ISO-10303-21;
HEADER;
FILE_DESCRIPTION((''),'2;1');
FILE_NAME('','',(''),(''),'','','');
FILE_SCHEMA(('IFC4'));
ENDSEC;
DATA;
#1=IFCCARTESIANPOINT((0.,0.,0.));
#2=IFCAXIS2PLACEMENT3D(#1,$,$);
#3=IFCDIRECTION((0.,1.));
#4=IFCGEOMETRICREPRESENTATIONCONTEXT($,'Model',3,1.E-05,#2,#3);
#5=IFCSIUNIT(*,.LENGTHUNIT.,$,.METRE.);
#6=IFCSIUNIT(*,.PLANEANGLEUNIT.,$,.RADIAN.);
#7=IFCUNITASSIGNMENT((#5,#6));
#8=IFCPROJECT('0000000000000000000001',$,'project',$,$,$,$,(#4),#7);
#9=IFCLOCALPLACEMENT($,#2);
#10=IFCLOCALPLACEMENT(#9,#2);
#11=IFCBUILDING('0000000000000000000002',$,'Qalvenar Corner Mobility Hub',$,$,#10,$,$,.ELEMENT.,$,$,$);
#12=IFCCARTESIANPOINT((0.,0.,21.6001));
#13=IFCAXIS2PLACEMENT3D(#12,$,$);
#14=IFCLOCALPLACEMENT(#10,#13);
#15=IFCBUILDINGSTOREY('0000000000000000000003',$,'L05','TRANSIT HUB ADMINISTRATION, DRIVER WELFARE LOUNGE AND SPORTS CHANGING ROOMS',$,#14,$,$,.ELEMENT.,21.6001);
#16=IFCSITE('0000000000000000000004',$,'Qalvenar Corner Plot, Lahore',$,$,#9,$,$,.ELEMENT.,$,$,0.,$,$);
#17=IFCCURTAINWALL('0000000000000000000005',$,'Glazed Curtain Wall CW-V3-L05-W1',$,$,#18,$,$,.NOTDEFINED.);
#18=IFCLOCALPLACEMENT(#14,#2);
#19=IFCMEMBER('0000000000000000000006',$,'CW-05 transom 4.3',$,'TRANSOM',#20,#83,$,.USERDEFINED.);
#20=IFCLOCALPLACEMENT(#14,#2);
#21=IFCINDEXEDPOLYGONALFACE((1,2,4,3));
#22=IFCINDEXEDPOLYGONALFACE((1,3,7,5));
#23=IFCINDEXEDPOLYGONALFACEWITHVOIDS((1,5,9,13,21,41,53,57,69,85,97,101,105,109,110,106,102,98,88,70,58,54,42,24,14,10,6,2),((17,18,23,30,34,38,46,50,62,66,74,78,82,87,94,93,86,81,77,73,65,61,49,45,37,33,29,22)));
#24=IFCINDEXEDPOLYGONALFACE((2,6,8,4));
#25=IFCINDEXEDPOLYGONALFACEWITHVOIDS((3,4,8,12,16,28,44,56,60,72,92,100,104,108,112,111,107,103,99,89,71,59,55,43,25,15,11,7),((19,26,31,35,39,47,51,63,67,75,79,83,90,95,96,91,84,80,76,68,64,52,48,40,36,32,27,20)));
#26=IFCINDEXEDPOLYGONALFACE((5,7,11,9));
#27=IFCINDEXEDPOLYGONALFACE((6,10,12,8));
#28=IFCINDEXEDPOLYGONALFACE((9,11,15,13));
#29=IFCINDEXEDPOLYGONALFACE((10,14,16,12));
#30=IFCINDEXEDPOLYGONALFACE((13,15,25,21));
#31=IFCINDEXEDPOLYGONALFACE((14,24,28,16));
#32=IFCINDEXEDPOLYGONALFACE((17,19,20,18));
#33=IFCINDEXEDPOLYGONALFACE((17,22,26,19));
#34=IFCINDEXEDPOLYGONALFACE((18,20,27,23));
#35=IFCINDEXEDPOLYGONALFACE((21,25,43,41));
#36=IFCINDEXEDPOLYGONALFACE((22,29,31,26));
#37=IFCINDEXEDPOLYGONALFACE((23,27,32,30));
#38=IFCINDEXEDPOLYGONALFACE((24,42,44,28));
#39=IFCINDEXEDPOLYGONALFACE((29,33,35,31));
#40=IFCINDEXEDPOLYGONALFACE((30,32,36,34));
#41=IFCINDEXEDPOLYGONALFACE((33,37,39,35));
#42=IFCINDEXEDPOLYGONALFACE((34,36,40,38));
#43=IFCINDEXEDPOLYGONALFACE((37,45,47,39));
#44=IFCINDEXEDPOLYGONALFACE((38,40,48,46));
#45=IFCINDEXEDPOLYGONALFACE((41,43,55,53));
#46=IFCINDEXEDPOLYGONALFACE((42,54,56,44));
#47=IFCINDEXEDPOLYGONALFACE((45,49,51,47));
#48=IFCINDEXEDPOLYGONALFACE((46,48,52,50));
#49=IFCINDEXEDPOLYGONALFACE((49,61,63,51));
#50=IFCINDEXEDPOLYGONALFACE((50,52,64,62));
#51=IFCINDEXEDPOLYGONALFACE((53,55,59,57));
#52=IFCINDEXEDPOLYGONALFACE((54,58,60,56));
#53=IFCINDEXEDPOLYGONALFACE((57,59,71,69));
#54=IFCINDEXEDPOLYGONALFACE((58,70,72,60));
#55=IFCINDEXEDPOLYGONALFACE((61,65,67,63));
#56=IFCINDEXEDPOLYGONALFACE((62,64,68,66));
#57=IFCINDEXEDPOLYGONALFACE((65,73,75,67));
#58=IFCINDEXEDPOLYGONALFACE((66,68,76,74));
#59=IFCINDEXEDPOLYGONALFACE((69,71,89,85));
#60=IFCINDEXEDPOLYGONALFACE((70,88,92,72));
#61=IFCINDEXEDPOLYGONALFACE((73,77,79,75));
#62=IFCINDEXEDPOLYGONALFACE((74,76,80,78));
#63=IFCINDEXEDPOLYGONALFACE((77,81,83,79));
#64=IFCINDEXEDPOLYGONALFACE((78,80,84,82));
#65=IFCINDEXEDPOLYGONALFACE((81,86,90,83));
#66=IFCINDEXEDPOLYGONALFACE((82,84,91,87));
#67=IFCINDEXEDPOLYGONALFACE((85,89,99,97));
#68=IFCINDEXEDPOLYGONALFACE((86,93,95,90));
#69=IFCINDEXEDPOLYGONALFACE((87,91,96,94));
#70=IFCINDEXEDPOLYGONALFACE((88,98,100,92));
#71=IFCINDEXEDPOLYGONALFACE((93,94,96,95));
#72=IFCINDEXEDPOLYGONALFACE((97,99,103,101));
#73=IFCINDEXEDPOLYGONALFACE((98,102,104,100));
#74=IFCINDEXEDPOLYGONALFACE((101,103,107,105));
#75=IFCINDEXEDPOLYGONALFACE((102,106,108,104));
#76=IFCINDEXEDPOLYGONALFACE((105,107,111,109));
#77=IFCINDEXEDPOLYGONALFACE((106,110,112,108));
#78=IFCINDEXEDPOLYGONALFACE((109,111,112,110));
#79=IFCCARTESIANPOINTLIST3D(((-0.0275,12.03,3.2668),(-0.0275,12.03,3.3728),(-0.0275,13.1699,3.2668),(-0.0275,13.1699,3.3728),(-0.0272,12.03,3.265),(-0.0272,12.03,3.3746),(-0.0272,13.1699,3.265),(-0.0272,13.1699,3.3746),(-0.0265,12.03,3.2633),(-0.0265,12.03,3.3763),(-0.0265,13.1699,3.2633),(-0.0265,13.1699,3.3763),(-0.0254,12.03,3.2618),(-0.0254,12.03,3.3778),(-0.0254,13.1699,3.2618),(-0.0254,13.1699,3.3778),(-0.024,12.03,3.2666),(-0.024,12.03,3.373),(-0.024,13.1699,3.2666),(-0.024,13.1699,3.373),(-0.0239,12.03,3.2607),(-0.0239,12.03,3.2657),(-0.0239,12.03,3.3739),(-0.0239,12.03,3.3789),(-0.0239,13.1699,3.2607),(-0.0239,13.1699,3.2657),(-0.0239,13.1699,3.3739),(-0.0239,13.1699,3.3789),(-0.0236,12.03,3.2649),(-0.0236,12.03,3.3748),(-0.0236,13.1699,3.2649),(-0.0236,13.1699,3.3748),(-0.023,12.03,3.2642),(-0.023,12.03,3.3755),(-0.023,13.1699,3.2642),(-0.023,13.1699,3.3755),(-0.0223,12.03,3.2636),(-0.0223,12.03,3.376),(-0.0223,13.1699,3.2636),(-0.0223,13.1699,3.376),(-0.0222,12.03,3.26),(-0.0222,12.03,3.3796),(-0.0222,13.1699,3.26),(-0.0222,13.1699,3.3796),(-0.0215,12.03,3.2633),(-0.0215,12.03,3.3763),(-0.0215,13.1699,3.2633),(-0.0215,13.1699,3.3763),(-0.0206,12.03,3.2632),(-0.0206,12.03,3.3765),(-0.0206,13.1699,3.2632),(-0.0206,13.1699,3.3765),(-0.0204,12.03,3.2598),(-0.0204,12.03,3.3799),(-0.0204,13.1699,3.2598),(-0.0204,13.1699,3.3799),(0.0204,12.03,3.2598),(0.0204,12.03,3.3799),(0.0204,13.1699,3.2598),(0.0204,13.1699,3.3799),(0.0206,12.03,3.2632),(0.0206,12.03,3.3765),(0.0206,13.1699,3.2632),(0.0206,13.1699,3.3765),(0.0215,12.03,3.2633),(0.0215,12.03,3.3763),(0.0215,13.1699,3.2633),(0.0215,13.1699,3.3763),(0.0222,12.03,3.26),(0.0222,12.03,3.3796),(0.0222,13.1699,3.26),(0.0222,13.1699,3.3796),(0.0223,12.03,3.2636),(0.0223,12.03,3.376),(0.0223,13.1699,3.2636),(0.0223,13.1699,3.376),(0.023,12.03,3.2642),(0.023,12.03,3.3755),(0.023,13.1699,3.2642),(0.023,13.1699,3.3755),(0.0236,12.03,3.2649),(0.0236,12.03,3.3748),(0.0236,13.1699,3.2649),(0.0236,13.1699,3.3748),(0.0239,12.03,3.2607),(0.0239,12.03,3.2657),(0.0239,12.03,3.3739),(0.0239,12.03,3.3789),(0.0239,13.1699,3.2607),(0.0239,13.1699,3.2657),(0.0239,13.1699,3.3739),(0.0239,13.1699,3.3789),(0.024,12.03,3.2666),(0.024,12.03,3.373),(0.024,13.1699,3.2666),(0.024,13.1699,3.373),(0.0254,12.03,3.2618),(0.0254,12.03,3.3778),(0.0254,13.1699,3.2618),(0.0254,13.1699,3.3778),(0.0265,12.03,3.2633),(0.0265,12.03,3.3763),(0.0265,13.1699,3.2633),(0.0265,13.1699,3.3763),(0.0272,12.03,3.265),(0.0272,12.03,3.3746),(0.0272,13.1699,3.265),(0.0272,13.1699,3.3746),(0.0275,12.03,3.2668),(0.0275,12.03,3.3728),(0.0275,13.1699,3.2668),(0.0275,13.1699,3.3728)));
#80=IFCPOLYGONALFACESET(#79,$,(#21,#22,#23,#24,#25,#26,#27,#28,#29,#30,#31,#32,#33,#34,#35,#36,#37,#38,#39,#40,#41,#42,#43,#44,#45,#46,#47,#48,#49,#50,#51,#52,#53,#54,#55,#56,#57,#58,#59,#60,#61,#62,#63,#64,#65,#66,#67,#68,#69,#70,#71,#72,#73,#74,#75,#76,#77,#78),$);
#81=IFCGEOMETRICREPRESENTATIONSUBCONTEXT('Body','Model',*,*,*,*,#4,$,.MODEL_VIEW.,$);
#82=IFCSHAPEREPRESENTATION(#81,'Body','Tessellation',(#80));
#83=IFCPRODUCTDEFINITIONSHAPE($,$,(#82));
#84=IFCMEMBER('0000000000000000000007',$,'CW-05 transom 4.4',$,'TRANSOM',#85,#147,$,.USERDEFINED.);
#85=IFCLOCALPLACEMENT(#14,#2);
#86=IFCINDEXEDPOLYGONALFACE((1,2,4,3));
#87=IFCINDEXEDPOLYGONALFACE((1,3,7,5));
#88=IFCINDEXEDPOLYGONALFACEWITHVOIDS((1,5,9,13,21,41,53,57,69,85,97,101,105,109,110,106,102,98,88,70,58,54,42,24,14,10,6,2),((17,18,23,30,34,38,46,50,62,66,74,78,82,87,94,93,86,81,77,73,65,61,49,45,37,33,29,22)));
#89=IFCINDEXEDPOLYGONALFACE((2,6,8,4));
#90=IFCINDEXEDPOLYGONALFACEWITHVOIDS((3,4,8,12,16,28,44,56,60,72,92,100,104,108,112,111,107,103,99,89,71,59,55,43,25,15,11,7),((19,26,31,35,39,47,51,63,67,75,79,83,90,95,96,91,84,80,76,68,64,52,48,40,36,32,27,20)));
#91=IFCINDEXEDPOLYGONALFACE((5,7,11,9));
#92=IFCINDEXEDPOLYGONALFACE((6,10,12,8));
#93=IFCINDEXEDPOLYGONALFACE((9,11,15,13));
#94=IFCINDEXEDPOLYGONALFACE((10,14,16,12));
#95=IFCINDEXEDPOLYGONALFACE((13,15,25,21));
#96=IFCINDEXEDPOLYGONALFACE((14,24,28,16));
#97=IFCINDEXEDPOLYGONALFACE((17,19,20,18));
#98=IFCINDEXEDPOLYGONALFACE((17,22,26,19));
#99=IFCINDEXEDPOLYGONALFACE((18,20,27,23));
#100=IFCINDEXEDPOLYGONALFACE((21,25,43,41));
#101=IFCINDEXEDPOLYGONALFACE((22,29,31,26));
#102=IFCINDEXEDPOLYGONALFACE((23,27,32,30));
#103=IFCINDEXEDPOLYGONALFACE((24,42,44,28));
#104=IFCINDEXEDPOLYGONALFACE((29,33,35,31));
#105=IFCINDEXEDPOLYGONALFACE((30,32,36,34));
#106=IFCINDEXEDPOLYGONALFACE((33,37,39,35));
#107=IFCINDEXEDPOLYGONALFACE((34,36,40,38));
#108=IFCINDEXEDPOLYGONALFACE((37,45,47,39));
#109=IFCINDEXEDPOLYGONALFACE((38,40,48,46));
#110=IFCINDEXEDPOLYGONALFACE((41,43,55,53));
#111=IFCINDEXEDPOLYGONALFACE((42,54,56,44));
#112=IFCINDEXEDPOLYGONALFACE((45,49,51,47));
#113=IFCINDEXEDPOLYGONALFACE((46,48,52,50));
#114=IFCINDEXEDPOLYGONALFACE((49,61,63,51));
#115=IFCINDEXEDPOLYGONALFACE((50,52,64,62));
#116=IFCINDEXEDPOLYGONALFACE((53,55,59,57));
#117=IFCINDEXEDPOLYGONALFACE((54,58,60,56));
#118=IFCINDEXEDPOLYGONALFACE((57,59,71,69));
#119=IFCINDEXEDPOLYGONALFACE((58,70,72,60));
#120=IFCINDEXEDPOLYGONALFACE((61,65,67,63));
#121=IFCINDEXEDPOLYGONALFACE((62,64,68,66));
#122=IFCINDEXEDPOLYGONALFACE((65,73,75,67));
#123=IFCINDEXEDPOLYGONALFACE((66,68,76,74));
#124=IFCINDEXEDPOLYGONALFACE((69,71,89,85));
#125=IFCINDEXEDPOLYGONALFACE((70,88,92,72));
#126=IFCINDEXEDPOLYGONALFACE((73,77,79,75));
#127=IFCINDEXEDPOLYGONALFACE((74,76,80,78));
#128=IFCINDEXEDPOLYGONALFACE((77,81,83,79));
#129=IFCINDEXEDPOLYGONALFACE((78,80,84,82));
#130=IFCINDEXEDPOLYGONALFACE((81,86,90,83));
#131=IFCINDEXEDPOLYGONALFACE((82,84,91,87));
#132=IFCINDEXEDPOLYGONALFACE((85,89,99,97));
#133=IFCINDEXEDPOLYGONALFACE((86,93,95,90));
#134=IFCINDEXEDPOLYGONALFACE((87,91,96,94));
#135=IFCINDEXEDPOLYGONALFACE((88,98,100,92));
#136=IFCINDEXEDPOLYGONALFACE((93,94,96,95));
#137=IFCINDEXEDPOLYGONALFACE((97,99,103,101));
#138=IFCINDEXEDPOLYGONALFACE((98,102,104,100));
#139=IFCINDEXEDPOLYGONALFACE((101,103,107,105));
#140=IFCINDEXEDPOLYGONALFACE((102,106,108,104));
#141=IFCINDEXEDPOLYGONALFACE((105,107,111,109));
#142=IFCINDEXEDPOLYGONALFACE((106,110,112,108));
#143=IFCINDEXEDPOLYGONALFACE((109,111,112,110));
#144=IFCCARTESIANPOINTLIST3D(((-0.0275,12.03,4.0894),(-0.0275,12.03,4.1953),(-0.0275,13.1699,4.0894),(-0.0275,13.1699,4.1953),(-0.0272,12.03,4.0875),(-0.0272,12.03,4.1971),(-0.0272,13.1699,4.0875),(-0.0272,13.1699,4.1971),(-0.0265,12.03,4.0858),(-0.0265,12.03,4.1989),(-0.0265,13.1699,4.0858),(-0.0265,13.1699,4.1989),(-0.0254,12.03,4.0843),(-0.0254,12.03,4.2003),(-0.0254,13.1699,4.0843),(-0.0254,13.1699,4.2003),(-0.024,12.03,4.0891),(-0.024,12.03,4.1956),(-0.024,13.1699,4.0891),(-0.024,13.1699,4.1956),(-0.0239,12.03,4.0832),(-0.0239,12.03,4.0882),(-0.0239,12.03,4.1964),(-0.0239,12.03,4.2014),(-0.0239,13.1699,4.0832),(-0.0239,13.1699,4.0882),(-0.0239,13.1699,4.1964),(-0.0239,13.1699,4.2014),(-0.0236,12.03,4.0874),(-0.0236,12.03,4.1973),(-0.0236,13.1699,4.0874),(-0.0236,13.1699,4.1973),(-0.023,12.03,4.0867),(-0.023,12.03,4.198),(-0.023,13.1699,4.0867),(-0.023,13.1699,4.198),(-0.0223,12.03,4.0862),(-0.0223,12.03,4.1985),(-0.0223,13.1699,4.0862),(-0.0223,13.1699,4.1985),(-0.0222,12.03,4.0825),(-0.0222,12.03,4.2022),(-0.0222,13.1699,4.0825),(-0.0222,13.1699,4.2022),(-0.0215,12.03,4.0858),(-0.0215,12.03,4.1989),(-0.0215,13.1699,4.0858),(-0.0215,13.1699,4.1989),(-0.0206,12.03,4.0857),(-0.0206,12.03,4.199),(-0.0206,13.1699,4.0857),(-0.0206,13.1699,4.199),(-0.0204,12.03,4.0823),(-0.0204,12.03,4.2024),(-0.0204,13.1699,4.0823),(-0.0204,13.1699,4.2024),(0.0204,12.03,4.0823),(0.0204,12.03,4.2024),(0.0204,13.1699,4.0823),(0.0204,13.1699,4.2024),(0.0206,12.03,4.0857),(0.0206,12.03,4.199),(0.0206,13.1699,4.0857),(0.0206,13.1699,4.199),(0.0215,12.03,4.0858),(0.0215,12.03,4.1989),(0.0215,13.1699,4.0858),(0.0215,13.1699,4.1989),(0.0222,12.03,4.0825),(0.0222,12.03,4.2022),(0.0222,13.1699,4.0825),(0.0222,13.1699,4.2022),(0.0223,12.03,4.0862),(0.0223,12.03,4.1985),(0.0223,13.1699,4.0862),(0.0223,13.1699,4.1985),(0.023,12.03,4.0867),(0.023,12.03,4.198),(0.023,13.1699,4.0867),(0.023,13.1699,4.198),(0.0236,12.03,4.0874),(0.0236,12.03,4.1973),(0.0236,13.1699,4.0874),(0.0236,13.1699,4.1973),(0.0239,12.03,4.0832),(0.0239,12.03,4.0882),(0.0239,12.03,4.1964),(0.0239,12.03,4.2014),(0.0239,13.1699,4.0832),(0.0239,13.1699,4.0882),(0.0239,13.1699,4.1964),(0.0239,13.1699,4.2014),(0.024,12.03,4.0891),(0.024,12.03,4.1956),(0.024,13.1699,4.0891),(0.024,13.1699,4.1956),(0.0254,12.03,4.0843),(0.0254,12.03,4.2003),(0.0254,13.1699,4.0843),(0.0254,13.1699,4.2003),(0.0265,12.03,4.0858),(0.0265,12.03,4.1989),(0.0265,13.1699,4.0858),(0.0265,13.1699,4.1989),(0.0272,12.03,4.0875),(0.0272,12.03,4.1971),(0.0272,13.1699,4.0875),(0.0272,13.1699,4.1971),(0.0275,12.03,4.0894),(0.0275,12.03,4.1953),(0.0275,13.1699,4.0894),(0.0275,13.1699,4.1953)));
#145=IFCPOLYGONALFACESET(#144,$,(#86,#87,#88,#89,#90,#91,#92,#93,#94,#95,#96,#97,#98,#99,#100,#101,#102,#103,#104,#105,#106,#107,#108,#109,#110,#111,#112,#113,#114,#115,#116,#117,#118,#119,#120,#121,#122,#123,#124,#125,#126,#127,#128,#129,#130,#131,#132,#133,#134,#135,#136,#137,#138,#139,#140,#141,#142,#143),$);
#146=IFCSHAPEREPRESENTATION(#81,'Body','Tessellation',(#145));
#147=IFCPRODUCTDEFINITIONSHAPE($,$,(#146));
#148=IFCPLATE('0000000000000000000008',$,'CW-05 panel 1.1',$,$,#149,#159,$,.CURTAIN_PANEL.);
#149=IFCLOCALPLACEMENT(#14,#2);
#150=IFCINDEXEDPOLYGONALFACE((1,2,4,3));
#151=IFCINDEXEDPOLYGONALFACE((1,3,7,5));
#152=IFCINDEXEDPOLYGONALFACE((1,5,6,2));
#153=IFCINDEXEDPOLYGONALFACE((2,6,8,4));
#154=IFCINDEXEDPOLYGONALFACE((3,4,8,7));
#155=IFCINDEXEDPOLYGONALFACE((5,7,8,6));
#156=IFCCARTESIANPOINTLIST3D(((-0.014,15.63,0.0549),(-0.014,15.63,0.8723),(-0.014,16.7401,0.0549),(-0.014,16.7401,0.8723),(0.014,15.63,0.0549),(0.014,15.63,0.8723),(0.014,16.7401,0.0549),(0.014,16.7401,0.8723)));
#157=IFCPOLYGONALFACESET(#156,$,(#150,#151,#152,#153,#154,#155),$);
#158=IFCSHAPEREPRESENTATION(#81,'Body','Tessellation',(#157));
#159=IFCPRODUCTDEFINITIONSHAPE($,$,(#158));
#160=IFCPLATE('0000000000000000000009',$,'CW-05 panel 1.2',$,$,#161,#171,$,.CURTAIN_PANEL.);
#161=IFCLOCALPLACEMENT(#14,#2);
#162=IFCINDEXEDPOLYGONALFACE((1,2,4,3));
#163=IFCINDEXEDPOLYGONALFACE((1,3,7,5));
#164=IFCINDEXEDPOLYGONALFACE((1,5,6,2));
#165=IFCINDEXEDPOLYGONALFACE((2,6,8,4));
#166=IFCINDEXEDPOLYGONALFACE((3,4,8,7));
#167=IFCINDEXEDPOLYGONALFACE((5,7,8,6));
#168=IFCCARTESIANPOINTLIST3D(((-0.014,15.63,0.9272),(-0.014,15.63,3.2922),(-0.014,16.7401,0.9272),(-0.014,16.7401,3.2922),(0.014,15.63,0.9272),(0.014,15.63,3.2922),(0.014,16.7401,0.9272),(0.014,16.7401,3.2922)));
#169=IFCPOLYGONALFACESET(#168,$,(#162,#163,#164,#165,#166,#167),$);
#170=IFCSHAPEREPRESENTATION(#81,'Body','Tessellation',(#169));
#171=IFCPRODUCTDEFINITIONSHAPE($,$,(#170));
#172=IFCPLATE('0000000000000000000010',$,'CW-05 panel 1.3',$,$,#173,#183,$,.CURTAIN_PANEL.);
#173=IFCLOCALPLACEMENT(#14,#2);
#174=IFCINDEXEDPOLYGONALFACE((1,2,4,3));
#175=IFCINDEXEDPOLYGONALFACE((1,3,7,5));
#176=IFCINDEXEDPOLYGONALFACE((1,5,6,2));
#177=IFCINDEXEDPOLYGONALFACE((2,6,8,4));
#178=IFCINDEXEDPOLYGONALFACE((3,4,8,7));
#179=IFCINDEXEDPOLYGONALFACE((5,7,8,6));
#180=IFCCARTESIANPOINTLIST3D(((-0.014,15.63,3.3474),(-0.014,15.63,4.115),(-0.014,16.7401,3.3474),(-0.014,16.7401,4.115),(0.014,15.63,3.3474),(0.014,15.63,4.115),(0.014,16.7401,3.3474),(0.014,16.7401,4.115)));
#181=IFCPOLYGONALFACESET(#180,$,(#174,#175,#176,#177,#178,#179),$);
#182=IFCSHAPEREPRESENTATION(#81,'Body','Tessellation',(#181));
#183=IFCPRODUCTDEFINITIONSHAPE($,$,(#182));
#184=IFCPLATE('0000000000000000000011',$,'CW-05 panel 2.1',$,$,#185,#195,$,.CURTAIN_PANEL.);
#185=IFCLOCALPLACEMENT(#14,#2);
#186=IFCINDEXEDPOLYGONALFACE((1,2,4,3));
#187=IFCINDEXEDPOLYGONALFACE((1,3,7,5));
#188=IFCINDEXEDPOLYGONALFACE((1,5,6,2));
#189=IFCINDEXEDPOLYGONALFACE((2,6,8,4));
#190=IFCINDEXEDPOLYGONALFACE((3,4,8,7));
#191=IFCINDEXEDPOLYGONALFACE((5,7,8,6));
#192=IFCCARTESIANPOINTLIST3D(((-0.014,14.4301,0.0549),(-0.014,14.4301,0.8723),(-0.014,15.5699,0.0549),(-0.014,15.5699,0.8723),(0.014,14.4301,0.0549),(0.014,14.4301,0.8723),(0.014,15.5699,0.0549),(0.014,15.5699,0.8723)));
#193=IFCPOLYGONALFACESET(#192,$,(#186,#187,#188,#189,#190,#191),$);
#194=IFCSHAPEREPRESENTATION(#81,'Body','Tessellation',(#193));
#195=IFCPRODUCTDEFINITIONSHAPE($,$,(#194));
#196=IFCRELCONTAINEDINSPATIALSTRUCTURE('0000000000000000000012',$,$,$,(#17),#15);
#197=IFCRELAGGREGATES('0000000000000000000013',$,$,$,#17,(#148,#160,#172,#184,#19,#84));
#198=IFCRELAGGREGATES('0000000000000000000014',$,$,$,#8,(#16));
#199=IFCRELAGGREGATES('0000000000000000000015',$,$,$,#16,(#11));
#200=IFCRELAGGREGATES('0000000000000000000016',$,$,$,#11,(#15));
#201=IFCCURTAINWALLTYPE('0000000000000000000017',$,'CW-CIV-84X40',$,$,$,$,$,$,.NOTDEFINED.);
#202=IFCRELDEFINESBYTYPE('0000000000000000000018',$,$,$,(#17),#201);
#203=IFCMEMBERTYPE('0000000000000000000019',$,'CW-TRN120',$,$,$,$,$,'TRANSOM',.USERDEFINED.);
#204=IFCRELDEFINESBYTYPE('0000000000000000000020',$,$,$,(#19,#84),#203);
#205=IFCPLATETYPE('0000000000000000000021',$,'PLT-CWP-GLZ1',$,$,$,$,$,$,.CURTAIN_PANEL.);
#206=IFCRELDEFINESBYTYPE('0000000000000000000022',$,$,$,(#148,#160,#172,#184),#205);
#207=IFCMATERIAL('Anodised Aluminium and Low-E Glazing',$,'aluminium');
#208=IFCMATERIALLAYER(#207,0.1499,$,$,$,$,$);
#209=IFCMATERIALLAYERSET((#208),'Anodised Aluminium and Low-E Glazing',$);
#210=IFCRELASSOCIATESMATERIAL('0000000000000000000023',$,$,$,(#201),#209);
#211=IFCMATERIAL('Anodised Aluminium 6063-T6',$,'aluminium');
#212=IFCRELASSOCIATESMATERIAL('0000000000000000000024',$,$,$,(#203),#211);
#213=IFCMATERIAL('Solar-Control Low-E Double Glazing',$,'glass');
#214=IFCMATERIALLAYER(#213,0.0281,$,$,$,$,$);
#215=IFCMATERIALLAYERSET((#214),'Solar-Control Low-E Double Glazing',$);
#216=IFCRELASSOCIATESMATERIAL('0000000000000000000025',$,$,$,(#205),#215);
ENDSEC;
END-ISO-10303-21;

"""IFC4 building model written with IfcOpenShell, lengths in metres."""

from ifc_helpers import new_model, si_unit, direction, frame, origin, origin_2d, place, context, subcontext, project, spatial, rectangle, hollow_rectangle, extrude, material, layer, layer_set, material_profile, profile_set, type_object, element, aggregate, save


model = new_model("IFC4")

# Units and contexts
model_context = context("Model", 3, precision=1e-05, world=origin(), true_north=direction((0.0, 1.0)))
body_context = subcontext(model_context, "Body", "Model", "MODEL_VIEW")
ifc_project = project(units=[si_unit("LENGTHUNIT", "METRE"), si_unit("PLANEANGLEUNIT", "RADIAN")], contexts=[model_context])

# Site, building, storey
site_placement = place(None, origin())
site = spatial("IfcSite", under=ifc_project, at=site_placement, Name="Qalvenar Corner Plot, Lahore", CompositionType="ELEMENT", RefElevation=0.0)
building_placement = place(site_placement, origin())
building = spatial("IfcBuilding", under=site, at=building_placement, Name="Qalvenar Corner Mobility Hub", CompositionType="ELEMENT")
storey_placement = place(building_placement, frame((0.0, 0.0, 21.6001)))
storey = spatial("IfcBuildingStorey", under=building, at=storey_placement, Name="L05", Description="TRANSIT HUB ADMINISTRATION, DRIVER WELFARE LOUNGE AND SPORTS CHANGING ROOMS", CompositionType="ELEMENT", Elevation=21.6001)

# Curtain wall
ifc_material_1 = material(Name="Anodised Aluminium and Low-E Glazing", Category="aluminium")
ifc_layer_1 = layer(ifc_material_1, 0.1499)
ifc_layer_set_1 = layer_set([ifc_layer_1], Name="Anodised Aluminium and Low-E Glazing")
curtain_wall_type = type_object("IfcCurtainWallType", Name="CW-CIV-84X40", PredefinedType="NOTDEFINED", material=ifc_layer_set_1)
curtain_wall_1_placement = place(storey_placement, origin())
curtain_wall_1 = element("IfcCurtainWall", 1, at=curtain_wall_1_placement, inside=storey, type_object=curtain_wall_type, Name="Glazed Curtain Wall CW-V3-L05-W1", PredefinedType="NOTDEFINED")
ifc_material_2 = material(Name="Anodised Aluminium 6063-T6", Category="aluminium")

# Members
ifc_material_profile_1 = material_profile(ifc_material_2, hollow_rectangle(XDim=0.0549, YDim=0.1201, WallThickness=0.0034, InnerFilletRadius=0.0034, OuterFilletRadius=0.0071, at=origin_2d()), Name="RHS120x55x3.5")
ifc_profile_set_1 = profile_set([ifc_material_profile_1], Name="Anodised Aluminium 6063-T6")
member_type_1 = type_object("IfcMemberType", Name="CW-TRN120", ElementType="TRANSOM", PredefinedType="USERDEFINED", material=ifc_profile_set_1)
member_1_placement = place(storey_placement, frame((0.0, 13.1699, 3.3198), z_axis=(0.0, -1.0, 0.0), x_axis=(1.0, 0.0, 0.0)))
member_1 = element("IfcMember", 2, at=member_1_placement, type_object=member_type_1, Name="CW-05 transom 4.3", ObjectType="TRANSOM", PredefinedType="USERDEFINED", context=body_context, shape_type="SweptSolid", body=[
    extrude(hollow_rectangle(XDim=0.0549, YDim=0.1201, WallThickness=0.0034, InnerFilletRadius=0.0034, OuterFilletRadius=0.0071, at=origin_2d()), origin(), (0.0, 0.0, 1.0), 1.1399),
])
member_2_placement = place(storey_placement, frame((0.0, 13.1699, 4.1423), z_axis=(0.0, -1.0, 0.0), x_axis=(1.0, 0.0, 0.0)))
member_2 = element("IfcMember", 3, at=member_2_placement, type_object=member_type_1, Name="CW-05 transom 4.4", ObjectType="TRANSOM", PredefinedType="USERDEFINED", context=body_context, shape_type="SweptSolid", body=[
    extrude(hollow_rectangle(XDim=0.0549, YDim=0.1201, WallThickness=0.0034, InnerFilletRadius=0.0034, OuterFilletRadius=0.0071, at=origin_2d()), origin(), (0.0, 0.0, 1.0), 1.1399),
])

# Plates
ifc_material_3 = material(Name="Solar-Control Low-E Double Glazing", Category="glass")
ifc_layer_2 = layer(ifc_material_3, 0.0281)
ifc_layer_set_2 = layer_set([ifc_layer_2], Name="Solar-Control Low-E Double Glazing")
plate_type = type_object("IfcPlateType", Name="PLT-CWP-GLZ1", PredefinedType="CURTAIN_PANEL", material=ifc_layer_set_2)
plate_1_placement = place(storey_placement, frame((0.0, 16.1851, 0.0549), z_axis=(0.0, 0.0, 1.0), x_axis=(0.0, -1.0, 0.0)))
plate_1 = element("IfcPlate", 4, at=plate_1_placement, type_object=plate_type, Name="CW-05 panel 1.1", PredefinedType="CURTAIN_PANEL", context=body_context, shape_type="SweptSolid", body=[
    extrude(rectangle(XDim=1.1101, YDim=0.0281, at=origin_2d()), origin(), (0.0, 0.0, 1.0), 0.8174),
])
plate_2_placement = place(storey_placement, frame((0.0, 16.1851, 0.9272), z_axis=(0.0, 0.0, 1.0), x_axis=(0.0, -1.0, 0.0)))
plate_2 = element("IfcPlate", 5, at=plate_2_placement, type_object=plate_type, Name="CW-05 panel 1.2", PredefinedType="CURTAIN_PANEL", context=body_context, shape_type="SweptSolid", body=[
    extrude(rectangle(XDim=1.1101, YDim=0.0281, at=origin_2d()), origin(), (0.0, 0.0, 1.0), 2.365),
])
plate_3_placement = place(storey_placement, frame((0.0, 16.1851, 3.3474), z_axis=(0.0, 0.0, 1.0), x_axis=(0.0, -1.0, 0.0)))
plate_3 = element("IfcPlate", 6, at=plate_3_placement, type_object=plate_type, Name="CW-05 panel 1.3", PredefinedType="CURTAIN_PANEL", context=body_context, shape_type="SweptSolid", body=[
    extrude(rectangle(XDim=1.1101, YDim=0.0281, at=origin_2d()), origin(), (0.0, 0.0, 1.0), 0.7676),
])
plate_4_placement = place(storey_placement, frame((0.0, 15.0, 0.0549), z_axis=(0.0, 0.0, 1.0), x_axis=(0.0, -1.0, 0.0)))
plate_4 = element("IfcPlate", 7, at=plate_4_placement, type_object=plate_type, Name="CW-05 panel 2.1", PredefinedType="CURTAIN_PANEL", context=body_context, shape_type="SweptSolid", body=[
    extrude(rectangle(XDim=1.1399, YDim=0.0281, at=origin_2d()), origin(), (0.0, 0.0, 1.0), 0.8174),
])
aggregate(curtain_wall_1, [plate_1, plate_2, plate_3, plate_4, member_1, member_2])

save(model, "model.ifc")
